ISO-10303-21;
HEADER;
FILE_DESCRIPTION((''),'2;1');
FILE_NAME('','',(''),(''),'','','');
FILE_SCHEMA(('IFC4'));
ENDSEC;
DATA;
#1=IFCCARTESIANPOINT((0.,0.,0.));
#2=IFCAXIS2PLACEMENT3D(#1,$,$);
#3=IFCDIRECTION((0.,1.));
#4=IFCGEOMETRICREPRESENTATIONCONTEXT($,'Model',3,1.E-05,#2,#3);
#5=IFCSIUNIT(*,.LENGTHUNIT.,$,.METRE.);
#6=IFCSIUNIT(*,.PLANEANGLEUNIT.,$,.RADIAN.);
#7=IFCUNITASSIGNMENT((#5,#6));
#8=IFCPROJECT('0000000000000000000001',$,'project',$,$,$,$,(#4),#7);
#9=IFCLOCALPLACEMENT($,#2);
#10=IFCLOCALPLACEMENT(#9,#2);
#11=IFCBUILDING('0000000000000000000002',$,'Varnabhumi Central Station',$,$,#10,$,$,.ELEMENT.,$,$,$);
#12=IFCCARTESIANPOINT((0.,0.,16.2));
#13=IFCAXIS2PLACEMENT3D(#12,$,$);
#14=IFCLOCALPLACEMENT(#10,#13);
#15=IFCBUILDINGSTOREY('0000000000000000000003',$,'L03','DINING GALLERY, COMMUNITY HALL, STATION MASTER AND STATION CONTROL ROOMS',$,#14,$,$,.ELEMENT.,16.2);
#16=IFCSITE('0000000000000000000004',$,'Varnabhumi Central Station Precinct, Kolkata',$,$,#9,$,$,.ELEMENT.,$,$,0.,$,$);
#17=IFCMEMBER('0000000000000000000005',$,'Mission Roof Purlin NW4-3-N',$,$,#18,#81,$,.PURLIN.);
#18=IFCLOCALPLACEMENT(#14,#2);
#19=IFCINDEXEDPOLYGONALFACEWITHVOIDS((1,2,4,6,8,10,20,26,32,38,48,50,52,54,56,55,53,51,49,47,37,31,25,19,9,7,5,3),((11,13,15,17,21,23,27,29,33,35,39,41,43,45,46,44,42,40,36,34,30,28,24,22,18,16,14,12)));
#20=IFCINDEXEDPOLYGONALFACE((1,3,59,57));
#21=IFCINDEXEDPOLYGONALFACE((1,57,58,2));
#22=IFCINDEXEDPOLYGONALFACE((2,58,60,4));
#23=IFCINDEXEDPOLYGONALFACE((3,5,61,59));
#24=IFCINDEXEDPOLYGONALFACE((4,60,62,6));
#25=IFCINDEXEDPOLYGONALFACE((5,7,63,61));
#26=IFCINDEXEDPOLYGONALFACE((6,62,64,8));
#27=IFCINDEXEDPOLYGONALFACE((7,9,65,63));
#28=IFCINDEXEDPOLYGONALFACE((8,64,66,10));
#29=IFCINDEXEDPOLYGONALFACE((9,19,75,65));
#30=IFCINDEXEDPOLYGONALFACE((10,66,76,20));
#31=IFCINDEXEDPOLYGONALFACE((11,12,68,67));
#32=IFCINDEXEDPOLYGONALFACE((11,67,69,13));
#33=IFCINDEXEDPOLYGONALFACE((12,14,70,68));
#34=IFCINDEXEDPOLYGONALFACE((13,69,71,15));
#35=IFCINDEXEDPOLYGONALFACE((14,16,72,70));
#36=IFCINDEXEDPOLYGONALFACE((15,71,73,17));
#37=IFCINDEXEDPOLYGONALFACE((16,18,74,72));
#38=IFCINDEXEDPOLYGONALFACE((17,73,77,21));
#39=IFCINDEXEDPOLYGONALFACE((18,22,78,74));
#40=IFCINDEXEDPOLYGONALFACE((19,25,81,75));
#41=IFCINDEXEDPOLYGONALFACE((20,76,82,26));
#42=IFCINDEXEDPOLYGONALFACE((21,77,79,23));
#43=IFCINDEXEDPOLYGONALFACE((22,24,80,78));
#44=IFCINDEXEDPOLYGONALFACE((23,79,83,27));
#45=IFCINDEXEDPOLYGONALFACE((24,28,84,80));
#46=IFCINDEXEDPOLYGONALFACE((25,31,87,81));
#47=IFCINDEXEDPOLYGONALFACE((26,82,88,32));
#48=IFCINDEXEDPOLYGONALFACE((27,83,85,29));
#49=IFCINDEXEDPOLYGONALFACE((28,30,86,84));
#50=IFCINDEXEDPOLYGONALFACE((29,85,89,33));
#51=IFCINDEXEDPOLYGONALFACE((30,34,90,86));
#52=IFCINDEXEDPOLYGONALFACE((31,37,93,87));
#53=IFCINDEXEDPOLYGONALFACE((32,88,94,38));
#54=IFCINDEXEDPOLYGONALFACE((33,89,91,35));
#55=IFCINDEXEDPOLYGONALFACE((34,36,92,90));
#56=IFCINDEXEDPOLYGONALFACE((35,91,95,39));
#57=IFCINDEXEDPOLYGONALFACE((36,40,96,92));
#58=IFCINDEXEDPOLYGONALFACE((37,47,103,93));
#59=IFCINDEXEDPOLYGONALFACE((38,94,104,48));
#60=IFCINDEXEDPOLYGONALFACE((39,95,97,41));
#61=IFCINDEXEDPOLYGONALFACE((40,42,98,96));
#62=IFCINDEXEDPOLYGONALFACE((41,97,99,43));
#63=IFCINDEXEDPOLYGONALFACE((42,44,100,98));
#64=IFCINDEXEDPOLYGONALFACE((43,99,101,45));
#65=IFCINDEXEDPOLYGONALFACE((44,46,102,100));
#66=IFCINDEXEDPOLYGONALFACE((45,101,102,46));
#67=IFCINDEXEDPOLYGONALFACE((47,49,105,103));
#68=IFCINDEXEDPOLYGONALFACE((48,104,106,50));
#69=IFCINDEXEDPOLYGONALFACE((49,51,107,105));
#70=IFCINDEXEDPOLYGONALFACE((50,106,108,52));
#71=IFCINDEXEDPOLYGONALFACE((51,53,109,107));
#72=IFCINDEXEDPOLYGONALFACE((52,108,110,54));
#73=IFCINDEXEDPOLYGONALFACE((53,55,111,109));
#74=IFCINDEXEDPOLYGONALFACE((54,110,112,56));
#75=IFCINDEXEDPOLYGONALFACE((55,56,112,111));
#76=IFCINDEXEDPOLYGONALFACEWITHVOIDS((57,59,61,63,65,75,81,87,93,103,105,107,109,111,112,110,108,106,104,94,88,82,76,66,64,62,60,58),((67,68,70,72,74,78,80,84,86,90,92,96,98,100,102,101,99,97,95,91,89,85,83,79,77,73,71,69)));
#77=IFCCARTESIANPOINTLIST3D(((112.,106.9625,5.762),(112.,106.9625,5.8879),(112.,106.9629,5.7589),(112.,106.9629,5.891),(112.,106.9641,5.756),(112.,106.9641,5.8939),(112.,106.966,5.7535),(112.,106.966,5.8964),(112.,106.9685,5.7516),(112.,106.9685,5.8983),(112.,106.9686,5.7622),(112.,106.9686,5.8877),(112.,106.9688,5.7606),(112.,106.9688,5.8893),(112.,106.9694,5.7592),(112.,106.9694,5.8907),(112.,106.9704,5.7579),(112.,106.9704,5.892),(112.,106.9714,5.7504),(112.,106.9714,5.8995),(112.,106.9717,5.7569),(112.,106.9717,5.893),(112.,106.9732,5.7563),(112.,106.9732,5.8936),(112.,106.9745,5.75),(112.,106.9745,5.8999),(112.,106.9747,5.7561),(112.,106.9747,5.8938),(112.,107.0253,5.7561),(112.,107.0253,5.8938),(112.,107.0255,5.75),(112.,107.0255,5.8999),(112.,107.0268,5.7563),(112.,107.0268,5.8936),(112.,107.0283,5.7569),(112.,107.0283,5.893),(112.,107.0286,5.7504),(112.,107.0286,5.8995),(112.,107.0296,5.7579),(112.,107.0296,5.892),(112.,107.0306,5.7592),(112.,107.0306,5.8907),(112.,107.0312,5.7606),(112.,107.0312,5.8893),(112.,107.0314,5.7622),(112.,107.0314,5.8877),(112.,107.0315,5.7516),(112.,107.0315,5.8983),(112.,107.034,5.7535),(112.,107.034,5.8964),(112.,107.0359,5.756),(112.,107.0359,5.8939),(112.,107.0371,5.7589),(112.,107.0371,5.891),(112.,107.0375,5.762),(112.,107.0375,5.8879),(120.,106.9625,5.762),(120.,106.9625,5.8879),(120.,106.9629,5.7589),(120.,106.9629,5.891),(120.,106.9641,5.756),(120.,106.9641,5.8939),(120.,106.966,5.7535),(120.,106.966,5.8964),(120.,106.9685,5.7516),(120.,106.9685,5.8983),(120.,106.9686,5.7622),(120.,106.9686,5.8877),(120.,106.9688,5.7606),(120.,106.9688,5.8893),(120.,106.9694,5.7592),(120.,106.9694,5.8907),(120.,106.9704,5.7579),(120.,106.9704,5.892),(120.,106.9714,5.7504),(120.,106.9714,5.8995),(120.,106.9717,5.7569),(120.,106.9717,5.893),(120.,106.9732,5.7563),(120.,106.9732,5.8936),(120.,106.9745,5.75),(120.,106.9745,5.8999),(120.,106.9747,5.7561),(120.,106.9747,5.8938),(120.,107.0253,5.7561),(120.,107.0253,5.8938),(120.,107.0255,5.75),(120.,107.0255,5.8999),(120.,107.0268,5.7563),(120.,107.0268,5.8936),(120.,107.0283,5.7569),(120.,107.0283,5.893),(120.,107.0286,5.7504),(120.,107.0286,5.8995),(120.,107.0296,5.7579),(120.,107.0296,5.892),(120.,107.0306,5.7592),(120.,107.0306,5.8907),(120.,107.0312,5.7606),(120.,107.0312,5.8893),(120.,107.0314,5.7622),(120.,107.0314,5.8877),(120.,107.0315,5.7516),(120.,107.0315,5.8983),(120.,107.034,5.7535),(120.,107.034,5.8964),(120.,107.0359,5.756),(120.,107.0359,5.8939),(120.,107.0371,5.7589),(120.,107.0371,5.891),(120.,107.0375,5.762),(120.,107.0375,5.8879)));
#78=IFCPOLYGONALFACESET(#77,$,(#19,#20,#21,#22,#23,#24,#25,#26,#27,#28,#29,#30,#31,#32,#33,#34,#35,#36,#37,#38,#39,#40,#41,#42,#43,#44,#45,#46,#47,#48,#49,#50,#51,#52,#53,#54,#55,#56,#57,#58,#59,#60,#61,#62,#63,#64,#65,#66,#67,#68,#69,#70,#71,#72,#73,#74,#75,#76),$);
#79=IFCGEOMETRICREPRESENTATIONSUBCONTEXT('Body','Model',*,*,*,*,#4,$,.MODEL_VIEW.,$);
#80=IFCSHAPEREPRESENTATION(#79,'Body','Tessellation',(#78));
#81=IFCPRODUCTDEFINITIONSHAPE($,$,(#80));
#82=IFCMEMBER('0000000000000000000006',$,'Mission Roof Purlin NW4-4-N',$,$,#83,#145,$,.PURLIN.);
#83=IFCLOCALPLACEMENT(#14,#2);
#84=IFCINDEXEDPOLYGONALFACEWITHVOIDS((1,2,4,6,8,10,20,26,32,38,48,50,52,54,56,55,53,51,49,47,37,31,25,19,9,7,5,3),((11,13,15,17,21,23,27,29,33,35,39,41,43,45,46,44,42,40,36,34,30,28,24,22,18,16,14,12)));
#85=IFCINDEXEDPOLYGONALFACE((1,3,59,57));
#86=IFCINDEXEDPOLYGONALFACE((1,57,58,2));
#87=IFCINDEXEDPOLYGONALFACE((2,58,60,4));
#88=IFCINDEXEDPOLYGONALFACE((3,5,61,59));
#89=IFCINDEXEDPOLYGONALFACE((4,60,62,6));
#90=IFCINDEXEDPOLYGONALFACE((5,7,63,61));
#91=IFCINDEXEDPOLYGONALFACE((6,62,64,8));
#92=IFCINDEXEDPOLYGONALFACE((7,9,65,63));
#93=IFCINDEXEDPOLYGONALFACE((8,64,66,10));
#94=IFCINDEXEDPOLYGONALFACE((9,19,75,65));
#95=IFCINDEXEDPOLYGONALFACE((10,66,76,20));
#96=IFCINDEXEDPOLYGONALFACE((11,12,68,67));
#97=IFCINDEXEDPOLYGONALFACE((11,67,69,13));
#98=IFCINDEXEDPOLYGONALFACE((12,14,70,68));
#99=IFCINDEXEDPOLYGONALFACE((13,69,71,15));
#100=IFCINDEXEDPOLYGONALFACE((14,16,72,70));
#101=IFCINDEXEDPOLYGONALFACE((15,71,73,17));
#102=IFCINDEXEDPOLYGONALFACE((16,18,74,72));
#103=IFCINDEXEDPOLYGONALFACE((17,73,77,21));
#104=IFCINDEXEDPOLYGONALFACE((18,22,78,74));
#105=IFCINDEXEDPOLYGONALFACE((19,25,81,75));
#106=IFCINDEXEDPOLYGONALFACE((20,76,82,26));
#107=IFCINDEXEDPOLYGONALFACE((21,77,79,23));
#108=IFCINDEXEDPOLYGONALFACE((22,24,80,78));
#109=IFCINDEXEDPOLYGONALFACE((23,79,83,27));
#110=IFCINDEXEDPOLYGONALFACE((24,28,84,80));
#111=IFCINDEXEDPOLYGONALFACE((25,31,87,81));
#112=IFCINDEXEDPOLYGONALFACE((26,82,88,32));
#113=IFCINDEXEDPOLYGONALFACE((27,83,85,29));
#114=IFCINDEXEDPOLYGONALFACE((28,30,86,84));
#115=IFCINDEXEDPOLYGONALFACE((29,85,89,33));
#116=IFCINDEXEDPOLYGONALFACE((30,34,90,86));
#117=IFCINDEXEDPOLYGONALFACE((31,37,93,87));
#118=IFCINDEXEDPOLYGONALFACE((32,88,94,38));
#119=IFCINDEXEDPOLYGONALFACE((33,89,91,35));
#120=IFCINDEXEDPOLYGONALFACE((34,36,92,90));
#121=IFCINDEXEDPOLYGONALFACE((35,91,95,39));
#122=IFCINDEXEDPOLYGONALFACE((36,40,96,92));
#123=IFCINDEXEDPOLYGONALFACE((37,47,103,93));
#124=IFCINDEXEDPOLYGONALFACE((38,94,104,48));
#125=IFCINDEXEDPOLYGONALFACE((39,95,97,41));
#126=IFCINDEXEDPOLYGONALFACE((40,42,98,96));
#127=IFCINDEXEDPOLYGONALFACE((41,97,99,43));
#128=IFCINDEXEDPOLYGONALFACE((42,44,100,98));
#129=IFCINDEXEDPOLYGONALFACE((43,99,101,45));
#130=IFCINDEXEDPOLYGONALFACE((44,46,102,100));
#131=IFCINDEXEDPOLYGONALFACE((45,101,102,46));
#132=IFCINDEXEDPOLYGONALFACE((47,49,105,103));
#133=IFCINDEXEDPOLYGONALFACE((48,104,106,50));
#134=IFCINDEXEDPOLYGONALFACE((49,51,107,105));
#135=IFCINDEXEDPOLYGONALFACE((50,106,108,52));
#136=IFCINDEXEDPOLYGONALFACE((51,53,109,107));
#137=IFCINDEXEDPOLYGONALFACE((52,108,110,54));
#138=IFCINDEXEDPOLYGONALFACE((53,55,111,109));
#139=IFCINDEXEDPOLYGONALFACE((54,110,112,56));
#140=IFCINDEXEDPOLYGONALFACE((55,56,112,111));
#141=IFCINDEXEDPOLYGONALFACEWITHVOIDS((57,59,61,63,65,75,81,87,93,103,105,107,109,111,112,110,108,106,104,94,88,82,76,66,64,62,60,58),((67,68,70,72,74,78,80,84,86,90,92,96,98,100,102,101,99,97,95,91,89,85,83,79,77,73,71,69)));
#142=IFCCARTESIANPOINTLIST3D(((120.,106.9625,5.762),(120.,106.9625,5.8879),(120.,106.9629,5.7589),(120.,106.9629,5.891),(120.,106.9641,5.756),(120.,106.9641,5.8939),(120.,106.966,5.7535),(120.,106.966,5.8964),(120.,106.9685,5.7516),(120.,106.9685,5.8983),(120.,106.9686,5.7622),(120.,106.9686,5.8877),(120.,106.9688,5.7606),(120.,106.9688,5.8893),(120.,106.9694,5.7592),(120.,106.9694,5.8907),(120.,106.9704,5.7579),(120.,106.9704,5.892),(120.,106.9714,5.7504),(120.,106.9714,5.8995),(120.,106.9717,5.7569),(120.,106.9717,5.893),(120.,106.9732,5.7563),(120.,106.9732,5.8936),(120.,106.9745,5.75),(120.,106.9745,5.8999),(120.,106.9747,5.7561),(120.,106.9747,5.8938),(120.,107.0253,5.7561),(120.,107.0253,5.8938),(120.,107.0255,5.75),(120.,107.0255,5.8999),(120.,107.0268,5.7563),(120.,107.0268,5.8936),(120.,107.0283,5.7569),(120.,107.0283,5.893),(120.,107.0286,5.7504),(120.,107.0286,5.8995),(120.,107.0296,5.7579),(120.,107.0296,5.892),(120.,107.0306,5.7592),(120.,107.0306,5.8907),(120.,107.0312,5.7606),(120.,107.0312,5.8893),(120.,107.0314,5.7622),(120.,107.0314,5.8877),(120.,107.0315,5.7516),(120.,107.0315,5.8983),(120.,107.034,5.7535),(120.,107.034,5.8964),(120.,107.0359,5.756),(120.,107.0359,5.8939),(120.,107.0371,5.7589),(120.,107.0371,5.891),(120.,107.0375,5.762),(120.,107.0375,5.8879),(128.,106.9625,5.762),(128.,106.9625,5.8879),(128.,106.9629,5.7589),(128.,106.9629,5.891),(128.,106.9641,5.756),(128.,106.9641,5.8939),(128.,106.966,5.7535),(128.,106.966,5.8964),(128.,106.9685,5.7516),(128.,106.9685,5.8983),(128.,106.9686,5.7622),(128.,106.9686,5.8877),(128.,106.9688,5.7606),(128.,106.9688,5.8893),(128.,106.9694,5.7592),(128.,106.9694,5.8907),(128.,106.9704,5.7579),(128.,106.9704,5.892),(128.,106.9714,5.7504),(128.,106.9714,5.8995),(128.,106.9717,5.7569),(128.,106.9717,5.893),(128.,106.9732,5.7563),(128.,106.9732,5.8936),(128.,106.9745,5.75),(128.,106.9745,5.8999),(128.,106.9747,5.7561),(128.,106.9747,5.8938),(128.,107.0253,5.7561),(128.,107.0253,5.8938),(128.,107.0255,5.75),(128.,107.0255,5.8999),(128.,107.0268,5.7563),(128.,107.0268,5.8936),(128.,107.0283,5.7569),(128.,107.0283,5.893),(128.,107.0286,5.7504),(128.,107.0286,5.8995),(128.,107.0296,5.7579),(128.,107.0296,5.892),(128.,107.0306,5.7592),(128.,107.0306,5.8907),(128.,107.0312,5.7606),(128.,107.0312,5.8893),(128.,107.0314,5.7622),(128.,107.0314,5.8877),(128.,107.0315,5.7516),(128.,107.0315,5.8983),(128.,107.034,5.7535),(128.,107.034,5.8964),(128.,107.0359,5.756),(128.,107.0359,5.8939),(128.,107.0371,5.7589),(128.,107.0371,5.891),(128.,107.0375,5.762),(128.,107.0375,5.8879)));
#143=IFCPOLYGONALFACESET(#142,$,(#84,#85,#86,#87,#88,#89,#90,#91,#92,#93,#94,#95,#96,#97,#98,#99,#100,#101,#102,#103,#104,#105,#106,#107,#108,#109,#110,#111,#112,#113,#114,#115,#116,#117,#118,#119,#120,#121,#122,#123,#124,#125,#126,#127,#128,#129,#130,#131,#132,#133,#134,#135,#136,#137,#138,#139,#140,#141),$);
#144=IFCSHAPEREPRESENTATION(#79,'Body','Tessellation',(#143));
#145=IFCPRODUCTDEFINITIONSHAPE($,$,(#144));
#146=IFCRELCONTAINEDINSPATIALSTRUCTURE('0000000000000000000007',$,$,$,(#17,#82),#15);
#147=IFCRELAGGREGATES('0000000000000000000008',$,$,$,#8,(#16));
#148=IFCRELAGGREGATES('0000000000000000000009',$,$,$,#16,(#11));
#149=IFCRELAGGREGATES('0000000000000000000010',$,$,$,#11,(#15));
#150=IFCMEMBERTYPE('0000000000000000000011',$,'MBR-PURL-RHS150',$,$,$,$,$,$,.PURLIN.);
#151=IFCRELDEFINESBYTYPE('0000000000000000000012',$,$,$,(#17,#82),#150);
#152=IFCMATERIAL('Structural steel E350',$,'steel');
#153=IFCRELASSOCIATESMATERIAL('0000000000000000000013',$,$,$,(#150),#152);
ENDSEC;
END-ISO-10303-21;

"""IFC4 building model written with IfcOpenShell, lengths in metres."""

from ifc_helpers import new_model, si_unit, direction, frame, origin, origin_2d, place, context, subcontext, project, spatial, hollow_rectangle, extrude, material, material_profile, profile_set, type_object, element, save


model = new_model("IFC4")

# Units and contexts
model_context = context("Model", 3, precision=1e-05, world=origin(), true_north=direction((0.0, 1.0)))
body_context = subcontext(model_context, "Body", "Model", "MODEL_VIEW")
ifc_project = project(units=[si_unit("LENGTHUNIT", "METRE"), si_unit("PLANEANGLEUNIT", "RADIAN")], contexts=[model_context])

# Site, building, storey
site_placement = place(None, origin())
site = spatial("IfcSite", under=ifc_project, at=site_placement, Name="Varnabhumi Central Station Precinct, Kolkata", CompositionType="ELEMENT", RefElevation=0.0)
building_placement = place(site_placement, origin())
building = spatial("IfcBuilding", under=site, at=building_placement, Name="Varnabhumi Central Station", CompositionType="ELEMENT")
storey_placement = place(building_placement, frame((0.0, 0.0, 16.2)))
storey = spatial("IfcBuildingStorey", under=building, at=storey_placement, Name="L03", Description="DINING GALLERY, COMMUNITY HALL, STATION MASTER AND STATION CONTROL ROOMS", CompositionType="ELEMENT", Elevation=16.2)

# Shared definitions
ifc_material_1 = material(Name="Structural steel E350", Category="steel")

# Members
ifc_material_profile_1 = material_profile(ifc_material_1, hollow_rectangle(XDim=0.075, YDim=0.1499, WallThickness=0.0061, InnerFilletRadius=0.0061, OuterFilletRadius=0.012, at=origin_2d()), Name="Structural steel E350", Category="steel")
ifc_profile_set_1 = profile_set([ifc_material_profile_1], Name="Structural steel E350")
member_type_1 = type_object("IfcMemberType", Name="MBR-PURL-RHS150", PredefinedType="PURLIN", material=ifc_profile_set_1)
for number, where, z_axis, x_axis, name in (
    (1, (112.0, 107.0, 5.825), (1.0, 0.0, 0.0), (0.0, 1.0, 0.0), "Mission Roof Purlin NW4-3-N"),
    (2, (120.0, 107.0, 5.825), (1.0, 0.0, 0.0), (0.0, 1.0, 0.0), "Mission Roof Purlin NW4-4-N"),
):
    element("IfcMember", number, at=place(storey_placement, frame(where, z_axis=z_axis, x_axis=x_axis)), inside=storey, type_object=member_type_1, Name=name, PredefinedType="PURLIN", context=body_context, shape_type="SweptSolid", body=[
        extrude(hollow_rectangle(XDim=0.075, YDim=0.1499, WallThickness=0.0061, InnerFilletRadius=0.0061, OuterFilletRadius=0.012, at=origin_2d()), origin(), (0.0, 0.0, 1.0), 8.0),
    ])

save(model, "model.ifc")
